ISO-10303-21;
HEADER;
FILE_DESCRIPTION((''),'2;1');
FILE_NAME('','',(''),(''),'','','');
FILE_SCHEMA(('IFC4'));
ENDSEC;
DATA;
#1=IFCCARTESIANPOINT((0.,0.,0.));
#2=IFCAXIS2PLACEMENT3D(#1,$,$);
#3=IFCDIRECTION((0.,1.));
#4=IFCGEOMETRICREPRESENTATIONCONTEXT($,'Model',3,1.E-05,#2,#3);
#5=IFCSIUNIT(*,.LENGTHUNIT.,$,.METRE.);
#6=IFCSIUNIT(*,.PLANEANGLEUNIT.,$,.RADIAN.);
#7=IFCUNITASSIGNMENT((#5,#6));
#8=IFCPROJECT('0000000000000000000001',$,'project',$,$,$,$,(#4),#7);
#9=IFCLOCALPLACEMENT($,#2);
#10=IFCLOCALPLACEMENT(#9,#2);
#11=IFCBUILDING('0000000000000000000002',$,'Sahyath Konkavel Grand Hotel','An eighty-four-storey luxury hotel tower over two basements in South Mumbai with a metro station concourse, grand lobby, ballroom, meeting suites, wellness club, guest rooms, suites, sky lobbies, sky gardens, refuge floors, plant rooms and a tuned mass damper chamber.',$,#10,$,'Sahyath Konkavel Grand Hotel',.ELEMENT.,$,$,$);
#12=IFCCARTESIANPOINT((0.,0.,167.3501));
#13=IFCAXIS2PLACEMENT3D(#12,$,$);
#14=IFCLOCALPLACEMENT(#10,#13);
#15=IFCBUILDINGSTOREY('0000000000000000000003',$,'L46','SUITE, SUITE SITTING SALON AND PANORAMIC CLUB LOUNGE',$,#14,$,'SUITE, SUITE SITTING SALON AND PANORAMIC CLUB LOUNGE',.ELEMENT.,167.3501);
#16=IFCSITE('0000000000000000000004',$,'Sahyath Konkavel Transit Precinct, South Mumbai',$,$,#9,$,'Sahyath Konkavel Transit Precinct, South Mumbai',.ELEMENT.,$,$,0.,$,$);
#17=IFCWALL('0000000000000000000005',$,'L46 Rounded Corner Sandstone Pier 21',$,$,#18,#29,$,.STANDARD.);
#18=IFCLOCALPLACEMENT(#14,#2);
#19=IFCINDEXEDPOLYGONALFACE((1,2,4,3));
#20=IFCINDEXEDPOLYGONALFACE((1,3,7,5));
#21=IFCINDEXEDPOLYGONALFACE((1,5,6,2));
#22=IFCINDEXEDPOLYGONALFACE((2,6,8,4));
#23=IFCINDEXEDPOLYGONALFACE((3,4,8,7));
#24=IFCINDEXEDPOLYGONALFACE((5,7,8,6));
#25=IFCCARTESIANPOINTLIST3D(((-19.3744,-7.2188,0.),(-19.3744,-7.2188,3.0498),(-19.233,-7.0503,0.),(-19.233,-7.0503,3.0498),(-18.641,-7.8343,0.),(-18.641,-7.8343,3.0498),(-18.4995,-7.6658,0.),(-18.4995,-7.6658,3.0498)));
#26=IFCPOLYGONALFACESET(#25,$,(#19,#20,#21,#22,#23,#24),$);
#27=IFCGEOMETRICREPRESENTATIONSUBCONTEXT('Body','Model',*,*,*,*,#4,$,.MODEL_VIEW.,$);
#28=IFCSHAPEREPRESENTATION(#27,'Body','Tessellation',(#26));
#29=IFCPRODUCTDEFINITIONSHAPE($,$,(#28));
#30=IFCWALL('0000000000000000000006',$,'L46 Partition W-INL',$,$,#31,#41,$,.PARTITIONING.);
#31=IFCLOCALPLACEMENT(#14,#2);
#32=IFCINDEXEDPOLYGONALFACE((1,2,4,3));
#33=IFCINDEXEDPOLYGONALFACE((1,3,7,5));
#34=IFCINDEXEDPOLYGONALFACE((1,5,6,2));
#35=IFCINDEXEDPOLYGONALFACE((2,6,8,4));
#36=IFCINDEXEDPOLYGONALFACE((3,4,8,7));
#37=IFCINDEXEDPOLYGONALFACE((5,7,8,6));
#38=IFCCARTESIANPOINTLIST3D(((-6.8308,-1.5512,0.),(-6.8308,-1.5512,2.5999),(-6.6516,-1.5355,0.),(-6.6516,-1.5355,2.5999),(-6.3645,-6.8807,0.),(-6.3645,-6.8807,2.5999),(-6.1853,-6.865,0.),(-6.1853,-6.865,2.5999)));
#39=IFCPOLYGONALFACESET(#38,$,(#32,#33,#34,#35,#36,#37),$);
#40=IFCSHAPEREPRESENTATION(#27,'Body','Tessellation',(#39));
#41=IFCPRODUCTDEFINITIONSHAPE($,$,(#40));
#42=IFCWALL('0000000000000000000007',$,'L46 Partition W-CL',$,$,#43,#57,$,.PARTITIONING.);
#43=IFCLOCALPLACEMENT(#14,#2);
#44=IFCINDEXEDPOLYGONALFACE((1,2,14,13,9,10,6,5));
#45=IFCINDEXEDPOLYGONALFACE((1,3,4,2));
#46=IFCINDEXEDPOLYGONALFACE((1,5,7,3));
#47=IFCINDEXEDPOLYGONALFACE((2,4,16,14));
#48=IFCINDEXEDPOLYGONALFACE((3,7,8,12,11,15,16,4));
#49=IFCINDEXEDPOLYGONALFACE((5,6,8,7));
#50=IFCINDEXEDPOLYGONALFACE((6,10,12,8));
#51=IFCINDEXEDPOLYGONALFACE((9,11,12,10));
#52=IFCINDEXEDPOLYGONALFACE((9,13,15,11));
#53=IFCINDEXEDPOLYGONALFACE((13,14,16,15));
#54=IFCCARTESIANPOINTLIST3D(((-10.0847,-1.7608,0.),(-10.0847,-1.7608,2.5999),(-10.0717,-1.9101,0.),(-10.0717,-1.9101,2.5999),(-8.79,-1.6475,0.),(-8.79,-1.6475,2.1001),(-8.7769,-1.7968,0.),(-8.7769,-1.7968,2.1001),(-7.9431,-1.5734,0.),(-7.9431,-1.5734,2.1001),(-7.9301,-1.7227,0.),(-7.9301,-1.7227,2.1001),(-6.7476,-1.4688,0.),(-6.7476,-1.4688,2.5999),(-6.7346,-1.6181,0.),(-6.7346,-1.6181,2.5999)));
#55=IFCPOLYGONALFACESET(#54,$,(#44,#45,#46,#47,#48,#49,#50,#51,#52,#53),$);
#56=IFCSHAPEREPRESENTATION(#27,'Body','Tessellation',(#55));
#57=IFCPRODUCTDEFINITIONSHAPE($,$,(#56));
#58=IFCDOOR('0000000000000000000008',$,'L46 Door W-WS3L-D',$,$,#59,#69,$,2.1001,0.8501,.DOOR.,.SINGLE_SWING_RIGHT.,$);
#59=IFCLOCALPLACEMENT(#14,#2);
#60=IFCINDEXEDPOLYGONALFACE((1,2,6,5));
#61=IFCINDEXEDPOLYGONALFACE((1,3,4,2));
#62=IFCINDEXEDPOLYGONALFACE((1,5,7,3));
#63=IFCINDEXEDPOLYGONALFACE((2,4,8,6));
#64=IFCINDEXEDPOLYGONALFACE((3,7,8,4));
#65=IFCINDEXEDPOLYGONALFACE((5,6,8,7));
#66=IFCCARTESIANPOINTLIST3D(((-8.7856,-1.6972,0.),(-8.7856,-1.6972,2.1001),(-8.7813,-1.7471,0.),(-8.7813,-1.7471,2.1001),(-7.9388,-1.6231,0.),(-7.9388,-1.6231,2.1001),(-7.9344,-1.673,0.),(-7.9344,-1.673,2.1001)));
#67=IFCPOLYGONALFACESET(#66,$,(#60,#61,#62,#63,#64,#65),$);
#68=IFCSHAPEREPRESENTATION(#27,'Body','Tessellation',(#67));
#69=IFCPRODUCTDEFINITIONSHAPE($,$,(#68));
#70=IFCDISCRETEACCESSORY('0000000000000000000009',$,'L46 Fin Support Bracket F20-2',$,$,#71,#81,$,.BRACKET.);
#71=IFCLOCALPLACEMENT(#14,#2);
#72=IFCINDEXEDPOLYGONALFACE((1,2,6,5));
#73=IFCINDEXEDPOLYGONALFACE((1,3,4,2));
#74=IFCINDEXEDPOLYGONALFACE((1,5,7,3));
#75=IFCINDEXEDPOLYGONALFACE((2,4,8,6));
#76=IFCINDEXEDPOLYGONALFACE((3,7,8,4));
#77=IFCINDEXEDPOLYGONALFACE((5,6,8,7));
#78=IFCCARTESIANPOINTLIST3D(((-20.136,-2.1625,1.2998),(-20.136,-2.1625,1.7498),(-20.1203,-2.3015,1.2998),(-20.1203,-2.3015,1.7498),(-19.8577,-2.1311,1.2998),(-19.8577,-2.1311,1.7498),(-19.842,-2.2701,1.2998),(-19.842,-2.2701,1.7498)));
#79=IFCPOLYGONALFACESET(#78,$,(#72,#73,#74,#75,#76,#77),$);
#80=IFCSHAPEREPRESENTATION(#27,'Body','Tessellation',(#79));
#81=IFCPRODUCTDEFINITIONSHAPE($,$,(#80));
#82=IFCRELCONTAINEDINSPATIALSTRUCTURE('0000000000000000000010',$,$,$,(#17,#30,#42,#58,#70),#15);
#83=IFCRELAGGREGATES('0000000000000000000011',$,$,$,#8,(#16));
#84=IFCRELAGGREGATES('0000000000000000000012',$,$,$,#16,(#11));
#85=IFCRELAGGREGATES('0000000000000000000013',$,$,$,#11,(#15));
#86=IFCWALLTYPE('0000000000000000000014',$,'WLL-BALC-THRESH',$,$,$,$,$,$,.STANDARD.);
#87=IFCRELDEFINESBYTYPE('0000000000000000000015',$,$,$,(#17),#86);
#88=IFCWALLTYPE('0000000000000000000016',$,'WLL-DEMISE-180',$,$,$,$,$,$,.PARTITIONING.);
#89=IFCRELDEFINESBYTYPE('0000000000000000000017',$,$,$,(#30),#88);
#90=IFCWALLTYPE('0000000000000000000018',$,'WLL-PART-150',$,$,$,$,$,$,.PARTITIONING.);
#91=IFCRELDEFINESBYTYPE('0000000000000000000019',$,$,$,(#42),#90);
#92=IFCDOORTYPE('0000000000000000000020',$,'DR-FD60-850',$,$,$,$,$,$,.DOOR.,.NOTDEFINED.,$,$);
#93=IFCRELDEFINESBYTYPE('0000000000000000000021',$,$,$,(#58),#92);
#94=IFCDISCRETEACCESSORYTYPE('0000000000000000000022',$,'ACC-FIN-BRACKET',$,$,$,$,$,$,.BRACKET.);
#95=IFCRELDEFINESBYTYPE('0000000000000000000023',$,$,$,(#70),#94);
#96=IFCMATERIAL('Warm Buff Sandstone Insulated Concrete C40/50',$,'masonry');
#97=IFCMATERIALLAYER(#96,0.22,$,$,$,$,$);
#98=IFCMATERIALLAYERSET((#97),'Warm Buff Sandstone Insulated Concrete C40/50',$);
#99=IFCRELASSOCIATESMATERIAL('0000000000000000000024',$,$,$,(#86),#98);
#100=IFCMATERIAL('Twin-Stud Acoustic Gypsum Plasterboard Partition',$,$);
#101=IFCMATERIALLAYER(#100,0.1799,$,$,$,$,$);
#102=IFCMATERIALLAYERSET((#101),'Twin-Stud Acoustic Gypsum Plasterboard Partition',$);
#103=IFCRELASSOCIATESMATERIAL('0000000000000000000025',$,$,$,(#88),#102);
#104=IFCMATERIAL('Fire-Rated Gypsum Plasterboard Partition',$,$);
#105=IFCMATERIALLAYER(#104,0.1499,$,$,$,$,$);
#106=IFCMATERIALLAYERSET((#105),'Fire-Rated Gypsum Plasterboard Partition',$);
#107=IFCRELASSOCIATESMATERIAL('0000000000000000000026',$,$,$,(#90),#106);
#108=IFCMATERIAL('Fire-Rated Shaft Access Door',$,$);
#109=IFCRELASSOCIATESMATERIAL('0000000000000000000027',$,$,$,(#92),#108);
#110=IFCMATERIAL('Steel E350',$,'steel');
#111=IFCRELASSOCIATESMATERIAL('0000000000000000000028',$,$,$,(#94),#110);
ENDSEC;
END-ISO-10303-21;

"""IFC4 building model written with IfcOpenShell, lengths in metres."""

from ifc_helpers import new_model, si_unit, direction, frame, frame_2d, origin, origin_2d, place, context, subcontext, project, spatial, rectangle, extrude, source, transform, mapped, material, layer, layer_set, type_object, element, fill, save


model = new_model("IFC4")

# Units and contexts
model_context = context("Model", 3, precision=1e-05, world=origin(), true_north=direction((0.0, 1.0)))
body_context = subcontext(model_context, "Body", "Model", "MODEL_VIEW")
ifc_project = project(units=[si_unit("LENGTHUNIT", "METRE"), si_unit("PLANEANGLEUNIT", "RADIAN")], contexts=[model_context])

# Site, building, storey
site_placement = place(None, origin())
site = spatial("IfcSite", under=ifc_project, at=site_placement, Name="Sahyath Konkavel Transit Precinct, South Mumbai", LongName="Sahyath Konkavel Transit Precinct, South Mumbai", CompositionType="ELEMENT", RefElevation=0.0)
building_placement = place(site_placement, origin())
building = spatial("IfcBuilding", under=site, at=building_placement, Name="Sahyath Konkavel Grand Hotel", Description="An eighty-four-storey luxury hotel tower over two basements in South Mumbai with a metro station concourse, grand lobby, ballroom, meeting suites, wellness club, guest rooms, suites, sky lobbies, sky gardens, refuge floors, plant rooms and a tuned mass damper chamber.", LongName="Sahyath Konkavel Grand Hotel", CompositionType="ELEMENT")
storey_placement = place(building_placement, frame((0.0, 0.0, 167.3501)))
storey = spatial("IfcBuildingStorey", under=building, at=storey_placement, Name="L46", Description="SUITE, SUITE SITTING SALON AND PANORAMIC CLUB LOUNGE", LongName="SUITE, SUITE SITTING SALON AND PANORAMIC CLUB LOUNGE", CompositionType="ELEMENT", Elevation=167.3501)

# Shared definitions
ifc_material_1 = material(Name="Steel E350", Category="steel")

# Walls
ifc_material_2 = material(Name="Warm Buff Sandstone Insulated Concrete C40/50", Category="masonry")
ifc_layer_1 = layer(ifc_material_2, 0.22)
ifc_layer_set_1 = layer_set([ifc_layer_1], Name="Warm Buff Sandstone Insulated Concrete C40/50")
wall_type_1 = type_object("IfcWallType", Name="WLL-BALC-THRESH", PredefinedType="STANDARD", material=ifc_layer_set_1)
wall_1_placement = place(storey_placement, frame((-19.3037, -7.1345, 0.0), z_axis=(0.0, 0.0, 1.0), x_axis=(0.766001, -0.642839, 0.0)))
element("IfcWall", 1, at=wall_1_placement, inside=storey, type_object=wall_type_1, Name="L46 Rounded Corner Sandstone Pier 21", PredefinedType="STANDARD", context=body_context, shape_type="SweptSolid", body=[
    extrude(rectangle(XDim=0.9575, YDim=0.22, at=frame_2d((0.4788, 0.0))), origin(), (0.0, 0.0, 1.0), 3.0498),
])
ifc_material_3 = material(Name="Twin-Stud Acoustic Gypsum Plasterboard Partition")
ifc_layer_2 = layer(ifc_material_3, 0.1799)
ifc_layer_set_2 = layer_set([ifc_layer_2], Name="Twin-Stud Acoustic Gypsum Plasterboard Partition")
wall_type_2 = type_object("IfcWallType", Name="WLL-DEMISE-180", PredefinedType="PARTITIONING", material=ifc_layer_set_2)
wall_2_placement = place(storey_placement, frame((-6.7412, -1.5435, 0.0), z_axis=(0.0, 0.0, 1.0), x_axis=(0.087161, -0.996194, 0.0)))
element("IfcWall", 2, at=wall_2_placement, inside=storey, type_object=wall_type_2, Name="L46 Partition W-INL", PredefinedType="PARTITIONING", context=body_context, shape_type="SweptSolid", body=[
    extrude(rectangle(XDim=5.3499, YDim=0.1799, at=frame_2d((2.6748, 0.0))), origin(), (0.0, 0.0, 1.0), 2.5999),
])

# Wall, opening, door
ifc_material_4 = material(Name="Fire-Rated Gypsum Plasterboard Partition")
ifc_layer_3 = layer(ifc_material_4, 0.1499)
ifc_layer_set_3 = layer_set([ifc_layer_3], Name="Fire-Rated Gypsum Plasterboard Partition")
wall_type_3 = type_object("IfcWallType", Name="WLL-PART-150", PredefinedType="PARTITIONING", material=ifc_layer_set_3)
wall_3_placement = place(storey_placement, frame((-6.7412, -1.5435, 0.0), z_axis=(0.0, 0.0, 1.0), x_axis=(-0.996194, -0.087164, 0.0)))
wall_3 = element("IfcWall", 3, at=wall_3_placement, inside=storey, type_object=wall_type_3, Name="L46 Partition W-CL", PredefinedType="PARTITIONING", context=body_context, shape_type="SweptSolid", body=[
    extrude(rectangle(XDim=3.3499, YDim=0.1499, at=frame_2d((1.6748, 0.0))), origin(), (0.0, 0.0, 1.0), 2.5999),
])
opening_placement = place(wall_3_placement, frame((1.2, 0.0, 0.0)))
opening = element("IfcOpeningElement", 4, at=opening_placement, cuts=wall_3, PredefinedType="OPENING", context=body_context, shape_type="SweptSolid", body=[
    extrude(rectangle(XDim=0.8501, YDim=2.1001, at=frame_2d((0.425, 1.05))), frame((0.0, 0.085, 0.0), z_axis=(0.0, -1.0, 0.0), x_axis=(1.0, 0.0, 0.0)), (0.0, 0.0, 1.0), 0.1699),
])
ifc_material_5 = material(Name="Fire-Rated Shaft Access Door")
door_type = type_object("IfcDoorType", Name="DR-FD60-850", OperationType="NOTDEFINED", PredefinedType="DOOR", material=ifc_material_5)
shared_shape_1 = source(origin(), body_context, "Body", "SweptSolid", [
    extrude(rectangle(XDim=0.8501, YDim=0.05, at=origin_2d()), origin(), (0.0, 0.0, 1.0), 2.1001),
])
door_placement = place(opening_placement, frame((0.425, 0.0, 0.0)))
door = element("IfcDoor", 5, at=door_placement, inside=storey, type_object=door_type, Name="L46 Door W-WS3L-D", OperationType="SINGLE_SWING_RIGHT", OverallHeight=2.1001, OverallWidth=0.8501, PredefinedType="DOOR", context=body_context, shape_type="MappedRepresentation", body=[
    mapped(shared_shape_1, transform((0.0, 0.0, 0.0), scale=1.0)),
])
fill(opening, door)

# Discrete accessory
discrete_accessory_type = type_object("IfcDiscreteAccessoryType", Name="ACC-FIN-BRACKET", PredefinedType="BRACKET", material=ifc_material_1)
shared_shape_2 = source(origin(), body_context, "Body", "SweptSolid", [
    extrude(rectangle(XDim=0.28, YDim=0.1399, at=origin_2d()), origin(), (0.0, 0.0, 1.0), 0.45),
])
discrete_accessory_placement = place(storey_placement, frame((-19.989, -2.2163, 1.2998), z_axis=(0.0, 0.0, 1.0), x_axis=(-0.993709, -0.111989, 0.0)))
element("IfcDiscreteAccessory", 6, at=discrete_accessory_placement, inside=storey, type_object=discrete_accessory_type, Name="L46 Fin Support Bracket F20-2", PredefinedType="BRACKET", context=body_context, shape_type="MappedRepresentation", body=[
    mapped(shared_shape_2, transform((0.0, 0.0, 0.0), scale=1.0)),
])

save(model, "model.ifc")
